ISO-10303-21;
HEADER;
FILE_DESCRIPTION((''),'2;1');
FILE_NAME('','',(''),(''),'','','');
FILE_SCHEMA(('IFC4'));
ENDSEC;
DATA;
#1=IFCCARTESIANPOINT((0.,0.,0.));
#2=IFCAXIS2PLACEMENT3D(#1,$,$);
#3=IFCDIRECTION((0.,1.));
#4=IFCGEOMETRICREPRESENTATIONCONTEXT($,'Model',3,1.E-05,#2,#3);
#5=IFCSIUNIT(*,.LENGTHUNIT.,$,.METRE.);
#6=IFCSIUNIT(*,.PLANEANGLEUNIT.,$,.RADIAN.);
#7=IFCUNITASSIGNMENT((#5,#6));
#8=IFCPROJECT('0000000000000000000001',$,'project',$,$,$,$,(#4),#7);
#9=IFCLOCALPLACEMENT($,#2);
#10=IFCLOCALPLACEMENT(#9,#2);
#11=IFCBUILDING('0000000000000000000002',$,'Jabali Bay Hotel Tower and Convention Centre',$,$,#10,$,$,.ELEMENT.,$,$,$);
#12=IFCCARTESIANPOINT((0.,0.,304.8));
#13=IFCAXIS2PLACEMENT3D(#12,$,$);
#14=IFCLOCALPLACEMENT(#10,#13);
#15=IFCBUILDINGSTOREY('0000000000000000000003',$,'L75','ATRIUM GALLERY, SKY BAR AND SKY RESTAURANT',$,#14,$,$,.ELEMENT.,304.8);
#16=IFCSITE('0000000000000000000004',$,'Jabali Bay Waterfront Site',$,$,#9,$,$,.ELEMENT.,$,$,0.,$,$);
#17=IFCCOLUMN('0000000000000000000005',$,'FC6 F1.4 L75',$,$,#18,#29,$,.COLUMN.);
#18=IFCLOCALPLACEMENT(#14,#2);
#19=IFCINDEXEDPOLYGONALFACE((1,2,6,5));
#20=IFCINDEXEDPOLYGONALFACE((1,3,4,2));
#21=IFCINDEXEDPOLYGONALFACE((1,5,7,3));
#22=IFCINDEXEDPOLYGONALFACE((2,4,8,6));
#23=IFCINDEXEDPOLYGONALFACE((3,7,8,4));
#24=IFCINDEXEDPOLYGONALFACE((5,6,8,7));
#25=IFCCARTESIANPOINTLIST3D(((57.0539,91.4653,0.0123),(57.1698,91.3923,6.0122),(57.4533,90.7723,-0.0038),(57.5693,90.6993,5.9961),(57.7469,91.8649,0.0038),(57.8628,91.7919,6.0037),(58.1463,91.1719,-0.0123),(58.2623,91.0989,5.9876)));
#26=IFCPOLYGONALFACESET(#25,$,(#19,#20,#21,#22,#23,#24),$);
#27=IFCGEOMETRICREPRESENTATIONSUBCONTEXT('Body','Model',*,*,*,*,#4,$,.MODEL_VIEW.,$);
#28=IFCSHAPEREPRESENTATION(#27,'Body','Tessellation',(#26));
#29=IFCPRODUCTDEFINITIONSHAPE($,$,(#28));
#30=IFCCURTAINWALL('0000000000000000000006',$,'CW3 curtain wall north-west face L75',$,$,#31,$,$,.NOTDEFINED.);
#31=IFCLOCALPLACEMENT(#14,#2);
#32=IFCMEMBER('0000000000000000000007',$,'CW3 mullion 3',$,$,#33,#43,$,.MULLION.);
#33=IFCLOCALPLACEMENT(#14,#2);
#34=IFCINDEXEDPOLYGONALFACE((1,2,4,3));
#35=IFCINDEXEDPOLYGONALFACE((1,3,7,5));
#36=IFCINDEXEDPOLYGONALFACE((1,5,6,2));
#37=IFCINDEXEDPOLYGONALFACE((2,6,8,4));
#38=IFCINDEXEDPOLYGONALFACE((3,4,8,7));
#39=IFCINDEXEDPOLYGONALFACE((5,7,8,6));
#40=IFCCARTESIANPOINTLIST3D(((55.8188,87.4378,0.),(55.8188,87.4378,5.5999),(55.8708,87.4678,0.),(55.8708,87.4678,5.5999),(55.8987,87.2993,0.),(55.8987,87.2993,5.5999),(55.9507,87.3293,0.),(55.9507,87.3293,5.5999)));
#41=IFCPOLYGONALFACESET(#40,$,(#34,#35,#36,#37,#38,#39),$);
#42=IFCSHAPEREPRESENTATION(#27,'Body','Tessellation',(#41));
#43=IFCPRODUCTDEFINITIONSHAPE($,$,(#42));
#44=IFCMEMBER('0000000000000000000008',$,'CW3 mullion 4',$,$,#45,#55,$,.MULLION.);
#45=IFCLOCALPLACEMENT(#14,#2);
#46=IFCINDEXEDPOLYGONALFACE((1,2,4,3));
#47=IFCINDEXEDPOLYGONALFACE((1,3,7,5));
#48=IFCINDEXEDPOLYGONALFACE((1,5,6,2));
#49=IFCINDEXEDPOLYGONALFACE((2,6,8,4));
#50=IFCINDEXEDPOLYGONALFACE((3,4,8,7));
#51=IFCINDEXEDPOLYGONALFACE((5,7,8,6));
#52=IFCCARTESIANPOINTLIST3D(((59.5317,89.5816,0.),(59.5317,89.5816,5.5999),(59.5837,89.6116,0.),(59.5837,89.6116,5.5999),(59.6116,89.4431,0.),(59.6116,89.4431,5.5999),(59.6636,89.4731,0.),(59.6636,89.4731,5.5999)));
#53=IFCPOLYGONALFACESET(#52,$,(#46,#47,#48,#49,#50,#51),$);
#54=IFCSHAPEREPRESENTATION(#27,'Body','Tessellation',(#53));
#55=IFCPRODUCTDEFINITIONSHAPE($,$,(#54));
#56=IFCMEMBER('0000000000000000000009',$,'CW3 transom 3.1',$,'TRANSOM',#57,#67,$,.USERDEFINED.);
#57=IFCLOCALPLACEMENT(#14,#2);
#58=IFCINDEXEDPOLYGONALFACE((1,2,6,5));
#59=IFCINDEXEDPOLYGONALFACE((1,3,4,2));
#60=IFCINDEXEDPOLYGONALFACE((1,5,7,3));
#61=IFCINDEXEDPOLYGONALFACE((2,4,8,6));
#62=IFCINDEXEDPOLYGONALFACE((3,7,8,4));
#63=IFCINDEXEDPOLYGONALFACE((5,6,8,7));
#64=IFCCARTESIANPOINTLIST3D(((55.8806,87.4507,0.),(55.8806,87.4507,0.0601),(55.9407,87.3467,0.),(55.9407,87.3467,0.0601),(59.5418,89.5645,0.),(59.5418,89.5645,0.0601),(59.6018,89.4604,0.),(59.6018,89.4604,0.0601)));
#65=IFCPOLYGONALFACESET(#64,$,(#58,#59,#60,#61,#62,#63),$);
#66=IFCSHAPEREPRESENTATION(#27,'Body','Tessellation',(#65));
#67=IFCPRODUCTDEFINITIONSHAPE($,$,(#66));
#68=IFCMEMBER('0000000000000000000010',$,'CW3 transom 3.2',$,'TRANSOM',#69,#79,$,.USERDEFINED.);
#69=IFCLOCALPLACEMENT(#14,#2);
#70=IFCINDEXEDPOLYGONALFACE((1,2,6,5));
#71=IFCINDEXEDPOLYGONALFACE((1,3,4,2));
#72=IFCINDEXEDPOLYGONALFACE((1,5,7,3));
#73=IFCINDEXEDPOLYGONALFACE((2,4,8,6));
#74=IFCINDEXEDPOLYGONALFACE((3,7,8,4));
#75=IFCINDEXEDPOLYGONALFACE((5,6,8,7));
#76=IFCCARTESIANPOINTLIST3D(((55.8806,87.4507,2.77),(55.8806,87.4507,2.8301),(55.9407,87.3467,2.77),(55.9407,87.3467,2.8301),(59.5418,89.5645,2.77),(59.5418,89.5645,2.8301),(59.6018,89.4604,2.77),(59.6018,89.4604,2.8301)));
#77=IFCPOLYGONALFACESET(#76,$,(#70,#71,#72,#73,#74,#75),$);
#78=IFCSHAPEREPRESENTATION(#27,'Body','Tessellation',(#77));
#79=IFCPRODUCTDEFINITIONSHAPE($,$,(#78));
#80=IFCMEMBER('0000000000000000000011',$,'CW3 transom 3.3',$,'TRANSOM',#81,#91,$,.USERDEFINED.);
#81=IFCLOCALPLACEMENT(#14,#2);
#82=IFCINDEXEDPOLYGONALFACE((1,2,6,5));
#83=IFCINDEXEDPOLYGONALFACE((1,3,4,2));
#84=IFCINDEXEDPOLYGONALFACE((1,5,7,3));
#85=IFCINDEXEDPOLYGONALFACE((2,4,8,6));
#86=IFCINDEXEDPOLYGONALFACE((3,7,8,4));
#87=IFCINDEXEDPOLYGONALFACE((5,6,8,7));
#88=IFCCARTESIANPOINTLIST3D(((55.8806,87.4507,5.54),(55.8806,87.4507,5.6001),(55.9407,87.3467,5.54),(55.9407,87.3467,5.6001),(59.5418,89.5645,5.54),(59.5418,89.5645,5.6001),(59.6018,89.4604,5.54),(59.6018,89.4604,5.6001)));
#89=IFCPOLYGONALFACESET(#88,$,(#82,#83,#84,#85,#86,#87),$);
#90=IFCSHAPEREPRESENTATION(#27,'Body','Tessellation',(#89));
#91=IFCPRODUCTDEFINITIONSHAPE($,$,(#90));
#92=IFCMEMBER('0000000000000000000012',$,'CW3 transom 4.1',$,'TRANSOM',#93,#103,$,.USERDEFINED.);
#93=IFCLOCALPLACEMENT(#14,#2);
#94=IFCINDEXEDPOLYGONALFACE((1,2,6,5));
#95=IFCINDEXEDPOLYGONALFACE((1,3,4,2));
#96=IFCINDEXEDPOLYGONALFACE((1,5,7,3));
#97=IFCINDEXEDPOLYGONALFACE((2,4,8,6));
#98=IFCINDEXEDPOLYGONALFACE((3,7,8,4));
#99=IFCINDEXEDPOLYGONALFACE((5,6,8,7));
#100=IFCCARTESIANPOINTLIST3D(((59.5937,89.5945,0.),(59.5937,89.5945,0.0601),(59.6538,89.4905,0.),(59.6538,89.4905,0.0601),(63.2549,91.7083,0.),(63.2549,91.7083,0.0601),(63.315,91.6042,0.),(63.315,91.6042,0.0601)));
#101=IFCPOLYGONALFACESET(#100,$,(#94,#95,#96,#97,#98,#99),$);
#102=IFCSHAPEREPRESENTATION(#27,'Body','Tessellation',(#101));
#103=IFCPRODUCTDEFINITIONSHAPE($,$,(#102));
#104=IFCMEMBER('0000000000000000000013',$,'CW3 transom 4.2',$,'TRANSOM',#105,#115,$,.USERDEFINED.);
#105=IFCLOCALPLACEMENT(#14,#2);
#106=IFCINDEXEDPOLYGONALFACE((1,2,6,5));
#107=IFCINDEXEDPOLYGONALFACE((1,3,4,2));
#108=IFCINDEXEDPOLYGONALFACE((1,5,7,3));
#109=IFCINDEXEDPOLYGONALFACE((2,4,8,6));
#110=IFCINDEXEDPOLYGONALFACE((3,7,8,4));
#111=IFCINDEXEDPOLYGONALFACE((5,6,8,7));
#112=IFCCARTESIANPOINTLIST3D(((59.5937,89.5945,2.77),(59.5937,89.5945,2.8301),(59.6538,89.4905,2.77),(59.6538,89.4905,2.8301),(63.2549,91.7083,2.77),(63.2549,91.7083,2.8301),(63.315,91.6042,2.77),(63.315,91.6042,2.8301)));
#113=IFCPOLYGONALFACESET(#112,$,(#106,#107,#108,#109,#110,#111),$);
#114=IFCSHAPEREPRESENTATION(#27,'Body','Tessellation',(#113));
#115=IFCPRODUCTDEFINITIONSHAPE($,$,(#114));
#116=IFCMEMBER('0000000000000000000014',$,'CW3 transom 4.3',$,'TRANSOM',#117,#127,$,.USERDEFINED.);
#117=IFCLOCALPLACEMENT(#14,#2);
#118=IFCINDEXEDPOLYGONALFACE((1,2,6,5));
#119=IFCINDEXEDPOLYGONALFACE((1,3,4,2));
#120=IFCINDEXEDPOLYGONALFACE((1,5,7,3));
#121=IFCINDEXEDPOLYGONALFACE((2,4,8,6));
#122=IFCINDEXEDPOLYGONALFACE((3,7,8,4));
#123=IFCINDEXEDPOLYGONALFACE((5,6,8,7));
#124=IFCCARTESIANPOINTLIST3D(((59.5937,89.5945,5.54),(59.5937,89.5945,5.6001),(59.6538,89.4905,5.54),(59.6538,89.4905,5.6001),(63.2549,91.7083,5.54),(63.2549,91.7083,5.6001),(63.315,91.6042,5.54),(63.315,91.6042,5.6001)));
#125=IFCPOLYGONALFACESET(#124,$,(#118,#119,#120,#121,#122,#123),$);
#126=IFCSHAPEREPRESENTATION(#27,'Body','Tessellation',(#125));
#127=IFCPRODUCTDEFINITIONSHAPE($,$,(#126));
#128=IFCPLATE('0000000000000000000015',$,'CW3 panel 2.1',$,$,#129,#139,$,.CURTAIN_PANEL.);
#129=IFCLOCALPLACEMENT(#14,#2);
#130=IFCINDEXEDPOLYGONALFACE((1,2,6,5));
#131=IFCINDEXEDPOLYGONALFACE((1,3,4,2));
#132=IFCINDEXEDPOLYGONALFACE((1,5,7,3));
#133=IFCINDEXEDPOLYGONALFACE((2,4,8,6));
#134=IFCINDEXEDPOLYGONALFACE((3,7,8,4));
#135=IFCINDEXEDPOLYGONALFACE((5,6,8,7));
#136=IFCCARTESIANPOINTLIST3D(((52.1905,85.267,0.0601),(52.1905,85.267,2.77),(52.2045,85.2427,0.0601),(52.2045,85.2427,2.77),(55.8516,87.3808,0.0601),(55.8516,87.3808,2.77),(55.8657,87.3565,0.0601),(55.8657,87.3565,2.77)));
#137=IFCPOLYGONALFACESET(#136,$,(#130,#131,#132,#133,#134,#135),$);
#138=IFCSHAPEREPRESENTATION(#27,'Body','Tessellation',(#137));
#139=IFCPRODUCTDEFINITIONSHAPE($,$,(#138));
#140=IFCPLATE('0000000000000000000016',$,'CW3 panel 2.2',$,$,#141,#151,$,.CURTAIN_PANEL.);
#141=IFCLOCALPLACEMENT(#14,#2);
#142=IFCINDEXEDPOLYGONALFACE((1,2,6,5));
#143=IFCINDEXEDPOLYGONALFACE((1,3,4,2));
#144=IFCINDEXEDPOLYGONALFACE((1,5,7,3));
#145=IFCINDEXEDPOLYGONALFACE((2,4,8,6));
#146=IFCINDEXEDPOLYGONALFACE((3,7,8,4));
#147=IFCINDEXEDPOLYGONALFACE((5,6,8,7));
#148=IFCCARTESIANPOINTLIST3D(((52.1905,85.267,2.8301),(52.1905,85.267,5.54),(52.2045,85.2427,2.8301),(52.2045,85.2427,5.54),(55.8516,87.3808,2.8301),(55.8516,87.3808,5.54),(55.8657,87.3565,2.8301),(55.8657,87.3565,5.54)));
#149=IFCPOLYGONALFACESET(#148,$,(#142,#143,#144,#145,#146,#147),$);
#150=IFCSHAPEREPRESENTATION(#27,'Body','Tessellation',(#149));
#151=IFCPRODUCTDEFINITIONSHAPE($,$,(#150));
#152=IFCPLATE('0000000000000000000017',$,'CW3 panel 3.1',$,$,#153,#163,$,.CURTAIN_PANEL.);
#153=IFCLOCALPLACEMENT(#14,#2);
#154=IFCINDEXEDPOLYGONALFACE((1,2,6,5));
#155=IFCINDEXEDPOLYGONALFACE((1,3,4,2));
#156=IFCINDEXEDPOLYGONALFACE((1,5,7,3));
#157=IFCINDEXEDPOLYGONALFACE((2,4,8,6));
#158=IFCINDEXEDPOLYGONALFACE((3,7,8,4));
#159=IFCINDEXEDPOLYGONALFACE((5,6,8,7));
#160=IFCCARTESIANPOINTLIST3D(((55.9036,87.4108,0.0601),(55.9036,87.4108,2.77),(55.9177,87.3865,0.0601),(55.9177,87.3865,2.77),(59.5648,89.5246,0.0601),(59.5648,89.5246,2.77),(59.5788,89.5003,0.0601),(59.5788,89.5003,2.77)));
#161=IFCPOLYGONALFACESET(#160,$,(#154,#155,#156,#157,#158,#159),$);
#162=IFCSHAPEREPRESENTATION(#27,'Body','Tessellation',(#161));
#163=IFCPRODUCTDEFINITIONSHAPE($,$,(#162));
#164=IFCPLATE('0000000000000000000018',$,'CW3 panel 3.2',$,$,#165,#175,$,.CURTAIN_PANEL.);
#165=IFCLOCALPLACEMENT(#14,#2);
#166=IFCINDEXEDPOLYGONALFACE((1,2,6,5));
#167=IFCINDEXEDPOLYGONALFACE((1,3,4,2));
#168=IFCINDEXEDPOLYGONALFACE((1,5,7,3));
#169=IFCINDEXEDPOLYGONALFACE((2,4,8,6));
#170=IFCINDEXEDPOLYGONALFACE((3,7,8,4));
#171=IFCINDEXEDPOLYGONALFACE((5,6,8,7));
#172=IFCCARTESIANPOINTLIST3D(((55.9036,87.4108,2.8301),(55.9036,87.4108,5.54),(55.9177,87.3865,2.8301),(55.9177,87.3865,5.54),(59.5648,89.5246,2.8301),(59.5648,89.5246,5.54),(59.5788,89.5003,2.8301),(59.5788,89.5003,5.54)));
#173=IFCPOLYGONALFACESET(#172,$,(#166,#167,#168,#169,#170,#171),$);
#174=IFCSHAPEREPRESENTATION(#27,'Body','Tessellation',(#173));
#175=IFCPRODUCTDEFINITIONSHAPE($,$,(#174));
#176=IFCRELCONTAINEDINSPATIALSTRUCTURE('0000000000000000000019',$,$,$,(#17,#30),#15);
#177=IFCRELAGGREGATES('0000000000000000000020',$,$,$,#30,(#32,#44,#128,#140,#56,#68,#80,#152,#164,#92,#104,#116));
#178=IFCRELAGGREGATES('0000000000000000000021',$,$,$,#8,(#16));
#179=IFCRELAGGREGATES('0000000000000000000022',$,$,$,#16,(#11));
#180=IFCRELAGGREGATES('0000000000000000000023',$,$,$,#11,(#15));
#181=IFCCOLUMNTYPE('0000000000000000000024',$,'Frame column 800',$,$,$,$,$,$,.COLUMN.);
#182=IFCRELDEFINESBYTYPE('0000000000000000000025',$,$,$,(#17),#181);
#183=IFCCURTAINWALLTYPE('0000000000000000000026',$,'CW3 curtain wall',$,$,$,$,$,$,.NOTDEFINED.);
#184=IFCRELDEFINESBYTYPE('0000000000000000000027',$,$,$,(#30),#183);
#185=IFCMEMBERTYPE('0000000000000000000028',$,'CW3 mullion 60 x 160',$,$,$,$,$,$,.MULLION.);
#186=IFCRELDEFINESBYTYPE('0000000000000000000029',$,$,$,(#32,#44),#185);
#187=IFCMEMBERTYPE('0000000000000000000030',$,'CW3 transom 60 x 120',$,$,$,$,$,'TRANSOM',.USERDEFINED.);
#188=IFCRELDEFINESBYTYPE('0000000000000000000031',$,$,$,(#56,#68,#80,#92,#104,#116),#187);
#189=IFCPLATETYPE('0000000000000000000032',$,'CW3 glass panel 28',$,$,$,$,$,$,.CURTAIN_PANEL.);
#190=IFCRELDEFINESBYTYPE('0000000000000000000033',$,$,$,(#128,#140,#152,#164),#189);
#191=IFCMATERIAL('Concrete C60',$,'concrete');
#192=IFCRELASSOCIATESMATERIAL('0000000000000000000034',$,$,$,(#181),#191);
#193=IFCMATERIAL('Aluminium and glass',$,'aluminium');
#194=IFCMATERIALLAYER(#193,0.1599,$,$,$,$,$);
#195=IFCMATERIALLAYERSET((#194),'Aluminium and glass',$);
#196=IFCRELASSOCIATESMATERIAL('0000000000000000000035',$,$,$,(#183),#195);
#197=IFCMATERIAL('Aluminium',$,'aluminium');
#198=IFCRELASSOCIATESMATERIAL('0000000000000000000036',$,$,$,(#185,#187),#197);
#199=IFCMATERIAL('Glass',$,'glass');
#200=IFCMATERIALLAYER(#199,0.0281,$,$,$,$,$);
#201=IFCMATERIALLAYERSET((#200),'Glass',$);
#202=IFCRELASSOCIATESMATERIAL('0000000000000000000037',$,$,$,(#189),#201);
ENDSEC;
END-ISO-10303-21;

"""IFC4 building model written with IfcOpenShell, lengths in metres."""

from ifc_helpers import new_model, si_unit, direction, frame, origin, origin_2d, place, context, subcontext, project, spatial, rectangle, extrude, material, layer, layer_set, material_profile, profile_set, type_object, element, aggregate, save


model = new_model("IFC4")

# Units and contexts
model_context = context("Model", 3, precision=1e-05, world=origin(), true_north=direction((0.0, 1.0)))
body_context = subcontext(model_context, "Body", "Model", "MODEL_VIEW")
ifc_project = project(units=[si_unit("LENGTHUNIT", "METRE"), si_unit("PLANEANGLEUNIT", "RADIAN")], contexts=[model_context])

# Site, building, storey
site_placement = place(None, origin())
site = spatial("IfcSite", under=ifc_project, at=site_placement, Name="Jabali Bay Waterfront Site", CompositionType="ELEMENT", RefElevation=0.0)
building_placement = place(site_placement, origin())
building = spatial("IfcBuilding", under=site, at=building_placement, Name="Jabali Bay Hotel Tower and Convention Centre", CompositionType="ELEMENT")
storey_placement = place(building_placement, frame((0.0, 0.0, 304.8)))
storey = spatial("IfcBuildingStorey", under=building, at=storey_placement, Name="L75", Description="ATRIUM GALLERY, SKY BAR AND SKY RESTAURANT", CompositionType="ELEMENT", Elevation=304.8)

# Column
ifc_material_1 = material(Name="Concrete C60", Category="concrete")
ifc_material_profile_1 = material_profile(ifc_material_1, rectangle(XDim=0.8, YDim=0.8, at=origin_2d()), Name="Frame column 800")
ifc_profile_set_1 = profile_set([ifc_material_profile_1], Name="Concrete C60")
column_type = type_object("IfcColumnType", Name="Frame column 800", PredefinedType="COLUMN", material=ifc_profile_set_1)
column_placement = place(storey_placement, frame((57.6001, 91.3186, 0.0), z_axis=(0.019323, -0.012163, 0.999739), x_axis=(-0.499288, 0.866201, 0.020189)))
element("IfcColumn", 1, at=column_placement, inside=storey, type_object=column_type, Name="FC6 F1.4 L75", PredefinedType="COLUMN", context=body_context, shape_type="SweptSolid", body=[
    extrude(rectangle(XDim=0.8, YDim=0.8, at=origin_2d()), origin(), (0.0, 0.0, 1.0), 6.0015),
])

# Curtain wall, members, plates
ifc_material_2 = material(Name="Aluminium and glass", Category="aluminium")
ifc_layer_1 = layer(ifc_material_2, 0.1599)
ifc_layer_set_1 = layer_set([ifc_layer_1], Name="Aluminium and glass")
curtain_wall_type = type_object("IfcCurtainWallType", Name="CW3 curtain wall", PredefinedType="NOTDEFINED", material=ifc_layer_set_1)
curtain_wall_placement = place(storey_placement, origin())
curtain_wall = element("IfcCurtainWall", 2, at=curtain_wall_placement, inside=storey, type_object=curtain_wall_type, Name="CW3 curtain wall north-west face L75", PredefinedType="NOTDEFINED")
ifc_material_3 = material(Name="Aluminium", Category="aluminium")
ifc_material_profile_2 = material_profile(ifc_material_3, rectangle(XDim=0.1599, YDim=0.0601, at=origin_2d()), Name="CW3 mullion 60 x 160")
ifc_profile_set_2 = profile_set([ifc_material_profile_2], Name="Aluminium")
member_type_1 = type_object("IfcMemberType", Name="CW3 mullion 60 x 160", PredefinedType="MULLION", material=ifc_profile_set_2)
member_1_placement = place(storey_placement, frame((55.8848, 87.3835, 0.0), z_axis=(0.0, 0.0, 1.0), x_axis=(-0.5, 0.866025, 0.0)))
member_1 = element("IfcMember", 3, at=member_1_placement, type_object=member_type_1, Name="CW3 mullion 3", PredefinedType="MULLION", context=body_context, shape_type="SweptSolid", body=[
    extrude(rectangle(XDim=0.1599, YDim=0.0601, at=origin_2d()), origin(), (0.0, 0.0, 1.0), 5.5999),
])
member_2_placement = place(storey_placement, frame((59.5977, 89.5273, 0.0), z_axis=(0.0, 0.0, 1.0), x_axis=(-0.5, 0.866025, 0.0)))
member_2 = element("IfcMember", 4, at=member_2_placement, type_object=member_type_1, Name="CW3 mullion 4", PredefinedType="MULLION", context=body_context, shape_type="SweptSolid", body=[
    extrude(rectangle(XDim=0.1599, YDim=0.0601, at=origin_2d()), origin(), (0.0, 0.0, 1.0), 5.5999),
])
ifc_material_profile_3 = material_profile(ifc_material_3, rectangle(XDim=0.1201, YDim=0.0601, at=origin_2d()), Name="CW3 transom 60 x 120")
ifc_profile_set_3 = profile_set([ifc_material_profile_3], Name="Aluminium")
member_type_2 = type_object("IfcMemberType", Name="CW3 transom 60 x 120", ElementType="TRANSOM", PredefinedType="USERDEFINED", material=ifc_profile_set_3)
member_3_placement = place(storey_placement, frame((55.9106, 87.3987, 0.03), z_axis=(0.866024, 0.500002, 0.0), x_axis=(-0.500002, 0.866024, 0.0)))
member_3 = element("IfcMember", 5, at=member_3_placement, type_object=member_type_2, Name="CW3 transom 3.1", ObjectType="TRANSOM", PredefinedType="USERDEFINED", context=body_context, shape_type="SweptSolid", body=[
    extrude(rectangle(XDim=0.1201, YDim=0.0601, at=origin_2d()), origin(), (0.0, 0.0, 1.0), 4.2275),
])
member_4_placement = place(storey_placement, frame((55.9106, 87.3987, 2.8), z_axis=(0.866024, 0.500002, 0.0), x_axis=(-0.500002, 0.866024, 0.0)))
member_4 = element("IfcMember", 6, at=member_4_placement, type_object=member_type_2, Name="CW3 transom 3.2", ObjectType="TRANSOM", PredefinedType="USERDEFINED", context=body_context, shape_type="SweptSolid", body=[
    extrude(rectangle(XDim=0.1201, YDim=0.0601, at=origin_2d()), origin(), (0.0, 0.0, 1.0), 4.2275),
])
member_5_placement = place(storey_placement, frame((55.9106, 87.3987, 5.5701), z_axis=(0.866024, 0.500002, 0.0), x_axis=(-0.500002, 0.866024, 0.0)))
member_5 = element("IfcMember", 7, at=member_5_placement, type_object=member_type_2, Name="CW3 transom 3.3", ObjectType="TRANSOM", PredefinedType="USERDEFINED", context=body_context, shape_type="SweptSolid", body=[
    extrude(rectangle(XDim=0.1201, YDim=0.0601, at=origin_2d()), origin(), (0.0, 0.0, 1.0), 4.2275),
])
member_6_placement = place(storey_placement, frame((59.6238, 89.5425, 0.03), z_axis=(0.866024, 0.500002, 0.0), x_axis=(-0.500002, 0.866024, 0.0)))
member_6 = element("IfcMember", 8, at=member_6_placement, type_object=member_type_2, Name="CW3 transom 4.1", ObjectType="TRANSOM", PredefinedType="USERDEFINED", context=body_context, shape_type="SweptSolid", body=[
    extrude(rectangle(XDim=0.1201, YDim=0.0601, at=origin_2d()), origin(), (0.0, 0.0, 1.0), 4.2275),
])
member_7_placement = place(storey_placement, frame((59.6238, 89.5425, 2.8), z_axis=(0.866024, 0.500002, 0.0), x_axis=(-0.500002, 0.866024, 0.0)))
member_7 = element("IfcMember", 9, at=member_7_placement, type_object=member_type_2, Name="CW3 transom 4.2", ObjectType="TRANSOM", PredefinedType="USERDEFINED", context=body_context, shape_type="SweptSolid", body=[
    extrude(rectangle(XDim=0.1201, YDim=0.0601, at=origin_2d()), origin(), (0.0, 0.0, 1.0), 4.2275),
])
member_8_placement = place(storey_placement, frame((59.6238, 89.5425, 5.5701), z_axis=(0.866024, 0.500002, 0.0), x_axis=(-0.500002, 0.866024, 0.0)))
member_8 = element("IfcMember", 10, at=member_8_placement, type_object=member_type_2, Name="CW3 transom 4.3", ObjectType="TRANSOM", PredefinedType="USERDEFINED", context=body_context, shape_type="SweptSolid", body=[
    extrude(rectangle(XDim=0.1201, YDim=0.0601, at=origin_2d()), origin(), (0.0, 0.0, 1.0), 4.2275),
])
ifc_material_4 = material(Name="Glass", Category="glass")
ifc_layer_2 = layer(ifc_material_4, 0.0281)
ifc_layer_set_2 = layer_set([ifc_layer_2], Name="Glass")
plate_type = type_object("IfcPlateType", Name="CW3 glass panel 28", PredefinedType="CURTAIN_PANEL", material=ifc_layer_set_2)
plate_1_placement = place(storey_placement, frame((54.0281, 86.3118, 0.0601), z_axis=(0.0, 0.0, 1.0), x_axis=(0.866025, 0.5, 0.0)))
plate_1 = element("IfcPlate", 11, at=plate_1_placement, type_object=plate_type, Name="CW3 panel 2.1", PredefinedType="CURTAIN_PANEL", context=body_context, shape_type="SweptSolid", body=[
    extrude(rectangle(XDim=4.2275, YDim=0.0281, at=origin_2d()), origin(), (0.0, 0.0, 1.0), 2.71),
])
plate_2_placement = place(storey_placement, frame((54.0281, 86.3118, 2.8301), z_axis=(0.0, 0.0, 1.0), x_axis=(0.866025, 0.5, 0.0)))
plate_2 = element("IfcPlate", 12, at=plate_2_placement, type_object=plate_type, Name="CW3 panel 2.2", PredefinedType="CURTAIN_PANEL", context=body_context, shape_type="SweptSolid", body=[
    extrude(rectangle(XDim=4.2275, YDim=0.0281, at=origin_2d()), origin(), (0.0, 0.0, 1.0), 2.71),
])
plate_3_placement = place(storey_placement, frame((57.7412, 88.4556, 0.0601), z_axis=(0.0, 0.0, 1.0), x_axis=(0.866025, 0.5, 0.0)))
plate_3 = element("IfcPlate", 13, at=plate_3_placement, type_object=plate_type, Name="CW3 panel 3.1", PredefinedType="CURTAIN_PANEL", context=body_context, shape_type="SweptSolid", body=[
    extrude(rectangle(XDim=4.2275, YDim=0.0281, at=origin_2d()), origin(), (0.0, 0.0, 1.0), 2.71),
])
plate_4_placement = place(storey_placement, frame((57.7412, 88.4556, 2.8301), z_axis=(0.0, 0.0, 1.0), x_axis=(0.866025, 0.5, 0.0)))
plate_4 = element("IfcPlate", 14, at=plate_4_placement, type_object=plate_type, Name="CW3 panel 3.2", PredefinedType="CURTAIN_PANEL", context=body_context, shape_type="SweptSolid", body=[
    extrude(rectangle(XDim=4.2275, YDim=0.0281, at=origin_2d()), origin(), (0.0, 0.0, 1.0), 2.71),
])
aggregate(curtain_wall, [member_1, member_2, plate_1, plate_2, member_3, member_4, member_5, plate_3, plate_4, member_6, member_7, member_8])

save(model, "model.ifc")
